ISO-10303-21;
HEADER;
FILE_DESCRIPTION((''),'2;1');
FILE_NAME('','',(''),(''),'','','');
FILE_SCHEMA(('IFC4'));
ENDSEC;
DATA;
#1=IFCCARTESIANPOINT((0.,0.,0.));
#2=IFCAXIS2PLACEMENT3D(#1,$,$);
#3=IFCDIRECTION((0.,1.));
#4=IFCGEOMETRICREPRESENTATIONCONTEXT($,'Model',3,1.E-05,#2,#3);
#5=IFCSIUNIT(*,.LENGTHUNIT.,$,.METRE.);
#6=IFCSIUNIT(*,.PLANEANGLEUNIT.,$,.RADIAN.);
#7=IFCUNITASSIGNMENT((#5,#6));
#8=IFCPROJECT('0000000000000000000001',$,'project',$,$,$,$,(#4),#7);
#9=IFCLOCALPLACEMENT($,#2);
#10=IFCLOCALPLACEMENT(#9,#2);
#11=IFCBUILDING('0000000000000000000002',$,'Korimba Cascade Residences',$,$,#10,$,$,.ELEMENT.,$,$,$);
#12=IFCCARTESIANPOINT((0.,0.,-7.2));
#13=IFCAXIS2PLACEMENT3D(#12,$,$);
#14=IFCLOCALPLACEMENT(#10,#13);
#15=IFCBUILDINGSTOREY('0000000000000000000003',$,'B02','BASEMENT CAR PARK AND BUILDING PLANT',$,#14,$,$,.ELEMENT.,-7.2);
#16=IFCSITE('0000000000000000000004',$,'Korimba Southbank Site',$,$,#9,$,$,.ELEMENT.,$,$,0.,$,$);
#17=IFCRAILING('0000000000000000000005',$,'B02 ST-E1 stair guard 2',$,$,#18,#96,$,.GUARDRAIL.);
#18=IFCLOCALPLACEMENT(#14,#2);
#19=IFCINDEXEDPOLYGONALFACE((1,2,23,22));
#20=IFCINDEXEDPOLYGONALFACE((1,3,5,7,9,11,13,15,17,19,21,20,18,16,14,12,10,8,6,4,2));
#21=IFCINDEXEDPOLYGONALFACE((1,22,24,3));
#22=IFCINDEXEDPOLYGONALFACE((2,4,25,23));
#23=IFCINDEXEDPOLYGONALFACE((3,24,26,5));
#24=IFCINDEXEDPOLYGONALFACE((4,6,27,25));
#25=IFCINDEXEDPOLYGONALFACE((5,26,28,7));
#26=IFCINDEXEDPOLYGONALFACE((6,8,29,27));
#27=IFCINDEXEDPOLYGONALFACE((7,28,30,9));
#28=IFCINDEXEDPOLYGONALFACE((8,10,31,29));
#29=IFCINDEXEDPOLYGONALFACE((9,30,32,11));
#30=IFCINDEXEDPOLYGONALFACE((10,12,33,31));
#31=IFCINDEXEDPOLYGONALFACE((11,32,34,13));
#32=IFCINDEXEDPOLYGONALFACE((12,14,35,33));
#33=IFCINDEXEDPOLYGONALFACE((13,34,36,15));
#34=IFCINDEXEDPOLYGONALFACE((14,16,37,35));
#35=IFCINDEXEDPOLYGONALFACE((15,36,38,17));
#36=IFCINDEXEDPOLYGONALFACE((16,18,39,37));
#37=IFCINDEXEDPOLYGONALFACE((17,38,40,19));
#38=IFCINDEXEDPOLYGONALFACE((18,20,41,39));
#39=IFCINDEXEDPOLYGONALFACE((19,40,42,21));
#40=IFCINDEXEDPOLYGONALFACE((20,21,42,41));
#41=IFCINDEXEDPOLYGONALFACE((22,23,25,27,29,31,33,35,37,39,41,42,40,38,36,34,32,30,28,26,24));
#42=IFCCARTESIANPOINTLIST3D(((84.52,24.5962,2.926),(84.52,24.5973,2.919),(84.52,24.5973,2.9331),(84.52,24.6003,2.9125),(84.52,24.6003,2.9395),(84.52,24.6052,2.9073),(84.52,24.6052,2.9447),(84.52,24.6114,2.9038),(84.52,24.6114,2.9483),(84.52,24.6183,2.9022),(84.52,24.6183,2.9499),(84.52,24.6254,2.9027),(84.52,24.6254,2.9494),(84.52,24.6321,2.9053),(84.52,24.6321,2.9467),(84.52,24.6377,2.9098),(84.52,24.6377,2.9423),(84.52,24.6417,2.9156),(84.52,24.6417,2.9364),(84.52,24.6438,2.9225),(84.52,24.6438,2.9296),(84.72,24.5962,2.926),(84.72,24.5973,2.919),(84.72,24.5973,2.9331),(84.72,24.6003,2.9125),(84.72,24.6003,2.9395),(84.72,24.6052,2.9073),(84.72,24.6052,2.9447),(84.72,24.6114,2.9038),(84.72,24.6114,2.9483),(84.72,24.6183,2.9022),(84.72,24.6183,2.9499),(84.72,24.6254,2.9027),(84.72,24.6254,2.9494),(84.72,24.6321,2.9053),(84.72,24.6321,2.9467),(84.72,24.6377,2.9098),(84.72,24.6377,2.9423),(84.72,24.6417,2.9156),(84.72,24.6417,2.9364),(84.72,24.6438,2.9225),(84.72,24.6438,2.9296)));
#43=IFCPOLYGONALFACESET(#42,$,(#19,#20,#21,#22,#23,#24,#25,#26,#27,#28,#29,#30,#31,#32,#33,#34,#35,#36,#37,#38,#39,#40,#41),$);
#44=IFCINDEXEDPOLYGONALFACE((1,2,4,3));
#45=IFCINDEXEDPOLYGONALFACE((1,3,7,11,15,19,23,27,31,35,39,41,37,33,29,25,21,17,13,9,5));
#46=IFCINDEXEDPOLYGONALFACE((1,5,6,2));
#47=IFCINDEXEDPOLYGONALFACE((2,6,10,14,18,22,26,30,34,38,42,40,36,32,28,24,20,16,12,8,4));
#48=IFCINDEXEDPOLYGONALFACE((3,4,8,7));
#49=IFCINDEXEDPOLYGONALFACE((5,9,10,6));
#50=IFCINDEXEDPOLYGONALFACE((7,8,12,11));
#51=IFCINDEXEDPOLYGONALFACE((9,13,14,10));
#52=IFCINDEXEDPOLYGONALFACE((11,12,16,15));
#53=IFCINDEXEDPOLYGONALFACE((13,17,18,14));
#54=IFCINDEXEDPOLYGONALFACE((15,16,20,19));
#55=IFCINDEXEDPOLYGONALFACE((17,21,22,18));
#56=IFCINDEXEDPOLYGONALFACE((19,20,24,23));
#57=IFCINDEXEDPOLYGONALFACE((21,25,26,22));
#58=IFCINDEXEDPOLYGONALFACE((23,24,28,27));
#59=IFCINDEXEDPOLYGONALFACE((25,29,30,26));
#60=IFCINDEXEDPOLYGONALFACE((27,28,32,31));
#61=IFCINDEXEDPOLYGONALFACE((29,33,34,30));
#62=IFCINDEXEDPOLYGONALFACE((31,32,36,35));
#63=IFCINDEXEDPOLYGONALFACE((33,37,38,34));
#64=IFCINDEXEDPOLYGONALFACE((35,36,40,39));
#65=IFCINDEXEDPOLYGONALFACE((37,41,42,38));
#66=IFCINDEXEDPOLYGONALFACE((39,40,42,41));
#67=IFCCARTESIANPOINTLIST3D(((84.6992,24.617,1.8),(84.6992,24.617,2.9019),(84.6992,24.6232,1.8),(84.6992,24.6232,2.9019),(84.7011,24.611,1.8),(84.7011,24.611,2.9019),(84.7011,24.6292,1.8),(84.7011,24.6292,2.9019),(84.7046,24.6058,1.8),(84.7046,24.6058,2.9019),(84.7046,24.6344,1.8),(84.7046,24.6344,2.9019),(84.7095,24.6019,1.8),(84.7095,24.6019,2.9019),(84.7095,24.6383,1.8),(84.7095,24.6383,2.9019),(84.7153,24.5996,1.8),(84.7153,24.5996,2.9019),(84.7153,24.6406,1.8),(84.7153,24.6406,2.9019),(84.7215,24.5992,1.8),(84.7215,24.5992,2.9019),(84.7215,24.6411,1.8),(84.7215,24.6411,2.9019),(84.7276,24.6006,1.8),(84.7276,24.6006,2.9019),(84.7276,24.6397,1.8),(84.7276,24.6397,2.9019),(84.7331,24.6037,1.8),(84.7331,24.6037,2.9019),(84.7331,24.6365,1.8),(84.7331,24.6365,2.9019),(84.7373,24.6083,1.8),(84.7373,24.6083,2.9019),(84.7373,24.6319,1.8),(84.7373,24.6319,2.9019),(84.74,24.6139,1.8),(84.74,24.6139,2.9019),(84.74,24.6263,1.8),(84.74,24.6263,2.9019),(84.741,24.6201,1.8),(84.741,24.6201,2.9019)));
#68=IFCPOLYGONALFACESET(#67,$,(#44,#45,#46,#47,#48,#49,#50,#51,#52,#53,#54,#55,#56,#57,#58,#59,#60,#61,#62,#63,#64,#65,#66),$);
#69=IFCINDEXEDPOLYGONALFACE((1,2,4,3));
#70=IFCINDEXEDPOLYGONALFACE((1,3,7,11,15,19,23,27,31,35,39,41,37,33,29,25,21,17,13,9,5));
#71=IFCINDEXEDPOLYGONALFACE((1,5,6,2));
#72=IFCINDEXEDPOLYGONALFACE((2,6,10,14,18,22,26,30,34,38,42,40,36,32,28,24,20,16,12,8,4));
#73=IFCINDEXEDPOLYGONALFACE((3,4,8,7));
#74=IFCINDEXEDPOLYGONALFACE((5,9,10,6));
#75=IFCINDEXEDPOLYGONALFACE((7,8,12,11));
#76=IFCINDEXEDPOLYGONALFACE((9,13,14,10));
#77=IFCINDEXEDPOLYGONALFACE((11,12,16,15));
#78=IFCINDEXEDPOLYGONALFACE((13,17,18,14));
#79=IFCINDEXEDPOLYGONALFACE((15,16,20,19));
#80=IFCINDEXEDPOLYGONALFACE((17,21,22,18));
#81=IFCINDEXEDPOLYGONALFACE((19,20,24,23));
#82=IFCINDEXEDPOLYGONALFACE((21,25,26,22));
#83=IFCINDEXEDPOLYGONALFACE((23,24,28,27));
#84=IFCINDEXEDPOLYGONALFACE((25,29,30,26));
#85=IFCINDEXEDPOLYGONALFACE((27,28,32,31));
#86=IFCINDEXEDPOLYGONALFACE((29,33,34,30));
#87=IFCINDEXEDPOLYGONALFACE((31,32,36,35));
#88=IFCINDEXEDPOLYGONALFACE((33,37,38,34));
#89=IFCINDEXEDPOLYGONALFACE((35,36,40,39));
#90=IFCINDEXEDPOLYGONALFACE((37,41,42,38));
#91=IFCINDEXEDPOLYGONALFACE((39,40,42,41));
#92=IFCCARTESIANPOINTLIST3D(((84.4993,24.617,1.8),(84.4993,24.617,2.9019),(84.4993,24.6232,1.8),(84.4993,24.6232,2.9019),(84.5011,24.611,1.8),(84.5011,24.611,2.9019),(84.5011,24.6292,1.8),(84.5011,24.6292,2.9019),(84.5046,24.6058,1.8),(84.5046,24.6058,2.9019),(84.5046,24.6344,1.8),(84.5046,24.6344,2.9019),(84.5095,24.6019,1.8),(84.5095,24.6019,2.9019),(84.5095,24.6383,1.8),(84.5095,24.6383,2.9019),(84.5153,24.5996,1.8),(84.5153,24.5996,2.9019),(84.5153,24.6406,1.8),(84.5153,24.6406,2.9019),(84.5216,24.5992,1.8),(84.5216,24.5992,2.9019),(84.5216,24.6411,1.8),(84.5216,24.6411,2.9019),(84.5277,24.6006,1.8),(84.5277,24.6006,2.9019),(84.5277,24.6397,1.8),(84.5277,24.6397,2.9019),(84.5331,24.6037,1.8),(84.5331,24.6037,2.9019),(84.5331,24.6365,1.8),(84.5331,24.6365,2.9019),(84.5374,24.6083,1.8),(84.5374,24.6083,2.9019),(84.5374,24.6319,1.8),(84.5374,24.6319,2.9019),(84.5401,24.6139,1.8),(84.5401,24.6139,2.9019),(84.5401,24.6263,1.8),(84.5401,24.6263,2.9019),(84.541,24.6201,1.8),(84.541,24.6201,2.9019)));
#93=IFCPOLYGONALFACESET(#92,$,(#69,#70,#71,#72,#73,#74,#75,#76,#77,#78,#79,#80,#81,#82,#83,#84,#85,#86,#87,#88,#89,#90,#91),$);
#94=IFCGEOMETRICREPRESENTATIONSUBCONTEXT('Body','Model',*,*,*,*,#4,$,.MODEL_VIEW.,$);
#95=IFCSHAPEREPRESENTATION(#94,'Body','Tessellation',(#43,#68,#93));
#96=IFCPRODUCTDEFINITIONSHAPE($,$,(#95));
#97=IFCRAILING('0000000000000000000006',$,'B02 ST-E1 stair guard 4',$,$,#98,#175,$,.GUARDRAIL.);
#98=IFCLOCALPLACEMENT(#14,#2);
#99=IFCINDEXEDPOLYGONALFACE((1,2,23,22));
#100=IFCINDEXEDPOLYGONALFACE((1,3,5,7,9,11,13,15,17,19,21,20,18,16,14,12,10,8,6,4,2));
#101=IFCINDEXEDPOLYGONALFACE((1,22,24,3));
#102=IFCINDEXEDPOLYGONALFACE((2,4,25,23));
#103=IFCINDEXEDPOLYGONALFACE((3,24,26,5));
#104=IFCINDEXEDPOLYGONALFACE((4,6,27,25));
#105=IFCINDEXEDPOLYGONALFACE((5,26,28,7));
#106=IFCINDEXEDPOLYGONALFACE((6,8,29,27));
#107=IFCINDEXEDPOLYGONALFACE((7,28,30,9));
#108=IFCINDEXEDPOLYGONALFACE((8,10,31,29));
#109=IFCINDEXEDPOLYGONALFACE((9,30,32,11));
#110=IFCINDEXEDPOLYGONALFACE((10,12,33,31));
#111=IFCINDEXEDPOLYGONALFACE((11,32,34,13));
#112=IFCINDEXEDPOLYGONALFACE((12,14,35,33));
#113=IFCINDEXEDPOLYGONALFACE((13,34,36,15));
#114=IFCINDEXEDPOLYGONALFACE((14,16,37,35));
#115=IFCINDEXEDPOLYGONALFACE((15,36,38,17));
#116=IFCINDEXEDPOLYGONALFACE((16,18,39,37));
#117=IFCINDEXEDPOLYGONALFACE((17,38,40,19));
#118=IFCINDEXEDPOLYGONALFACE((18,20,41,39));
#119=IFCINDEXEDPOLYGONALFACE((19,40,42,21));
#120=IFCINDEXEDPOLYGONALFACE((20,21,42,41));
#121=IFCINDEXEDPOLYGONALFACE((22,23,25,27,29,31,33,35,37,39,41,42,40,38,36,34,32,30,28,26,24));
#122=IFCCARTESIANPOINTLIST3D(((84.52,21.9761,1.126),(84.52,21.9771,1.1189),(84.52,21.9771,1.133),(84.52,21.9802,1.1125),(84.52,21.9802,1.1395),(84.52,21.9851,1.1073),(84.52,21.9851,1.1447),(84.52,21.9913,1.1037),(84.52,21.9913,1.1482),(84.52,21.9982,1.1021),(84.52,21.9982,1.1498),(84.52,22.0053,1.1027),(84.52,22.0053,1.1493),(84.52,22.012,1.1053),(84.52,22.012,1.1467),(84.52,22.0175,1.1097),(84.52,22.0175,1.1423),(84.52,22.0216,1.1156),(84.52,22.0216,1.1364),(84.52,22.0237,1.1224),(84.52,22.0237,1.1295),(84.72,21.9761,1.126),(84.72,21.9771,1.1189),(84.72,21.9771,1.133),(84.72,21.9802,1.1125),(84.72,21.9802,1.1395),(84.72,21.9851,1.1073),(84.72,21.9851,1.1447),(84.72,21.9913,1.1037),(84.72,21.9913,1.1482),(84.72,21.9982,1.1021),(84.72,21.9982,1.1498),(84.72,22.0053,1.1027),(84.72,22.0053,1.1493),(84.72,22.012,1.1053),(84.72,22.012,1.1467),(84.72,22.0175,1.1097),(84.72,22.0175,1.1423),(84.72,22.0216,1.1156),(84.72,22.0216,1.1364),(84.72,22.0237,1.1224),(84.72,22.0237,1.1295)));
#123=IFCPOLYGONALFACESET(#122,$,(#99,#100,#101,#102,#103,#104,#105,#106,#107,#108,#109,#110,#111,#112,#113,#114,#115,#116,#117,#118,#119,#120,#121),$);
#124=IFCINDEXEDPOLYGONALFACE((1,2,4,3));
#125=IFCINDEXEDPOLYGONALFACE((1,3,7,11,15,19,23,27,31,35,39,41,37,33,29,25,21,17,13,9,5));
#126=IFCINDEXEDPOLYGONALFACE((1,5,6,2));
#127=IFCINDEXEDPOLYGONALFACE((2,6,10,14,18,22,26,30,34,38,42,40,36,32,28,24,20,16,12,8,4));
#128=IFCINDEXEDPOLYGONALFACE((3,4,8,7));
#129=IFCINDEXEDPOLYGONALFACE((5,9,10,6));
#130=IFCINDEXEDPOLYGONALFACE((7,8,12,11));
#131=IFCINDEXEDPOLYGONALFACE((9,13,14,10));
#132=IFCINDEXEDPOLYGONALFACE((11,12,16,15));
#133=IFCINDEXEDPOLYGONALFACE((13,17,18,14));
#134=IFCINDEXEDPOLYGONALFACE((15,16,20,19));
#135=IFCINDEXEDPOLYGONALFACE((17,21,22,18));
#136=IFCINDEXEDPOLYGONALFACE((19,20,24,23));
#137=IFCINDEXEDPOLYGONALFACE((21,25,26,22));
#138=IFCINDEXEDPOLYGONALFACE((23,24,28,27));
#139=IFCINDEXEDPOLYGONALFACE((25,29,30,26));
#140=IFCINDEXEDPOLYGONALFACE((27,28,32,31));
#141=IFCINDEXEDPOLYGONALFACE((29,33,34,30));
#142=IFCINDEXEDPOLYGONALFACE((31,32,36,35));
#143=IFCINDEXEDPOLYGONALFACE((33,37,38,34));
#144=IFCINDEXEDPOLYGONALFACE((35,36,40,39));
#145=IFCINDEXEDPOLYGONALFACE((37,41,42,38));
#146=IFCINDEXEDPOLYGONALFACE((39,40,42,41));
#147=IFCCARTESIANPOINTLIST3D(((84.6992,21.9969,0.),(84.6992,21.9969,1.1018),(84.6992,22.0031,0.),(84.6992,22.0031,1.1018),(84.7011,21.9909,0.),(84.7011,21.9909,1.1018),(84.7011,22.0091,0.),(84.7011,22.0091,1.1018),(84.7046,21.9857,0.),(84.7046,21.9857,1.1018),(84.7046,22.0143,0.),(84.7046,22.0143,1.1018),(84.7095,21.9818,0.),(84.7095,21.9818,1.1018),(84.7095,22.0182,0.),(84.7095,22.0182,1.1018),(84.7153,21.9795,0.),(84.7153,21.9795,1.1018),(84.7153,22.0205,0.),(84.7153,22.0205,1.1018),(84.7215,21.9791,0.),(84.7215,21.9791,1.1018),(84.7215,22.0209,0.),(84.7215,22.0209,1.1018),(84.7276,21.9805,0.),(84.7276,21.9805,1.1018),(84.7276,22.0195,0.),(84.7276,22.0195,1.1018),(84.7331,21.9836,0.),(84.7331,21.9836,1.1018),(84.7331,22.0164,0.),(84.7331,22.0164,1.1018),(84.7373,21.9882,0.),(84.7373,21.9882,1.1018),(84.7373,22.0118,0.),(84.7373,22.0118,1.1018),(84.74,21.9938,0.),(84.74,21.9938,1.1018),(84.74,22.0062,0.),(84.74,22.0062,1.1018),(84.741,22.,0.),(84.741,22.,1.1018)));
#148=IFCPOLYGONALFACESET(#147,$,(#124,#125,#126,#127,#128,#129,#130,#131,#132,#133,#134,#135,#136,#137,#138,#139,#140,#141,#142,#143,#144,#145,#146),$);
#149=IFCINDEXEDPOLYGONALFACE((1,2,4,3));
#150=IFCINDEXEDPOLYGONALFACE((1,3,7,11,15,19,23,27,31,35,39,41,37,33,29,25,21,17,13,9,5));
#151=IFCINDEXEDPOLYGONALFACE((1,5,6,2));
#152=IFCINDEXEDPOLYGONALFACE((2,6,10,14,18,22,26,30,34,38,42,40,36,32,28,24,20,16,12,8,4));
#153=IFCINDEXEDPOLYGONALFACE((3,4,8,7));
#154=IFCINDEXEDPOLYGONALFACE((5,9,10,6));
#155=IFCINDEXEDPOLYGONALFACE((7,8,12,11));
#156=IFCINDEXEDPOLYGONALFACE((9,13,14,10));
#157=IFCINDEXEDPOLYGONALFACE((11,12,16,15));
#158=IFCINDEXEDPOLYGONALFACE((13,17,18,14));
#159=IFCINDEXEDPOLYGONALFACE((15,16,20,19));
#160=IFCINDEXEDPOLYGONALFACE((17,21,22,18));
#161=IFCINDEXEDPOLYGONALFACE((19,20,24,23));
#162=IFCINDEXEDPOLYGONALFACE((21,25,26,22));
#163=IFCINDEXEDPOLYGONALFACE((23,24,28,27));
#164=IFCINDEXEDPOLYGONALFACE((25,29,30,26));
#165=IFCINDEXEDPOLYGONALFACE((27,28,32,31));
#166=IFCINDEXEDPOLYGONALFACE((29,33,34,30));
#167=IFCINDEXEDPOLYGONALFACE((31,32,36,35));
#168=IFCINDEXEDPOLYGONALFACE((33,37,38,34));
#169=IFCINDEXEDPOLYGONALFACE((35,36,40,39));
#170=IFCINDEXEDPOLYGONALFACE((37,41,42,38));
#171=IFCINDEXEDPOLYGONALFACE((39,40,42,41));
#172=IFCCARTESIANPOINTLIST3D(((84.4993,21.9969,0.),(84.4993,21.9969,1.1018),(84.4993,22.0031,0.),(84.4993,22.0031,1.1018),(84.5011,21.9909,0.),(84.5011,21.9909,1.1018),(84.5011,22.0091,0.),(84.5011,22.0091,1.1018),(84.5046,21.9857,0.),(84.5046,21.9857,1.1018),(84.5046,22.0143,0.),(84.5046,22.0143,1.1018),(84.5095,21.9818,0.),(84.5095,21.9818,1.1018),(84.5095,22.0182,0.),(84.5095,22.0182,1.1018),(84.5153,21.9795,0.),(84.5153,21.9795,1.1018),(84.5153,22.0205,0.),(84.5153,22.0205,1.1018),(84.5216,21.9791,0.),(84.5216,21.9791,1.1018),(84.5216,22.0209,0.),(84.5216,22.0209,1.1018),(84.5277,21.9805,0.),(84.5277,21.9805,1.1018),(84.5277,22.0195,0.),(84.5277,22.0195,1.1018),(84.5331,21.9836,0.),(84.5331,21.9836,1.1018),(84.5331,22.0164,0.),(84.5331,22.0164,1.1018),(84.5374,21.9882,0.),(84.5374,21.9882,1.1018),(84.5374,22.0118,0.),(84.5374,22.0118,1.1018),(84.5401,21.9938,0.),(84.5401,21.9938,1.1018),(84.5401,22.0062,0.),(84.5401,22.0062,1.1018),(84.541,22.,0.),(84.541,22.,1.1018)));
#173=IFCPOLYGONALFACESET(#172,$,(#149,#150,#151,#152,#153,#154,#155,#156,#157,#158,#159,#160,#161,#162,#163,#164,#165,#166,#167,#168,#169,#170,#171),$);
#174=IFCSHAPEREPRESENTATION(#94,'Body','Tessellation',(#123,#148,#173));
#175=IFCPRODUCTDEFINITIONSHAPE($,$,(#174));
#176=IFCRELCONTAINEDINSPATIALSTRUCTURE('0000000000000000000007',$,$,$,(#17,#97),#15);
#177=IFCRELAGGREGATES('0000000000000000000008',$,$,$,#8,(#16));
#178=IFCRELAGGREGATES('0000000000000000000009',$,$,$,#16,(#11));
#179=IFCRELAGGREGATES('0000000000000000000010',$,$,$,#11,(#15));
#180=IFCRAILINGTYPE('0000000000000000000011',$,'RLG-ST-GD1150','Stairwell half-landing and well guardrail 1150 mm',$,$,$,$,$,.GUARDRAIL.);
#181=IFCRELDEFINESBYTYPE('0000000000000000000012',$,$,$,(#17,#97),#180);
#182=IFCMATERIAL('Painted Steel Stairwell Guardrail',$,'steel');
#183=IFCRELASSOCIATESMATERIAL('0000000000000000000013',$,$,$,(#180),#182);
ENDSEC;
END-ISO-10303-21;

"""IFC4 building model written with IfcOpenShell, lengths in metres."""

from ifc_helpers import new_model, si_unit, direction, frame, origin, origin_2d, place, context, subcontext, project, spatial, circle, extrude, material, type_object, element, save


model = new_model("IFC4")

# Units and contexts
model_context = context("Model", 3, precision=1e-05, world=origin(), true_north=direction((0.0, 1.0)))
body_context = subcontext(model_context, "Body", "Model", "MODEL_VIEW")
ifc_project = project(units=[si_unit("LENGTHUNIT", "METRE"), si_unit("PLANEANGLEUNIT", "RADIAN")], contexts=[model_context])

# Site, building, storey
site_placement = place(None, origin())
site = spatial("IfcSite", under=ifc_project, at=site_placement, Name="Korimba Southbank Site", CompositionType="ELEMENT", RefElevation=0.0)
building_placement = place(site_placement, origin())
building = spatial("IfcBuilding", under=site, at=building_placement, Name="Korimba Cascade Residences", CompositionType="ELEMENT")
storey_placement = place(building_placement, frame((0.0, 0.0, -7.2)))
storey = spatial("IfcBuildingStorey", under=building, at=storey_placement, Name="B02", Description="BASEMENT CAR PARK AND BUILDING PLANT", CompositionType="ELEMENT", Elevation=-7.2)

# Railings
ifc_material_1 = material(Name="Painted Steel Stairwell Guardrail", Category="steel")
railing_type_1 = type_object("IfcRailingType", Name="RLG-ST-GD1150", Description="Stairwell half-landing and well guardrail 1150 mm", PredefinedType="GUARDRAIL", material=ifc_material_1)
for number, where, name in (
    (1, (84.72, 24.6201, 1.8), "B02 ST-E1 stair guard 2"),
    (2, (84.72, 22.0, 0.0), "B02 ST-E1 stair guard 4"),
):
    element("IfcRailing", number, at=place(storey_placement, frame(where)), inside=storey, type_object=railing_type_1, Name=name, PredefinedType="GUARDRAIL", context=body_context, shape_type="SweptSolid", body=[
        extrude(circle(Radius=0.0239, at=origin_2d()), frame((0.0, 0.0, 1.126), z_axis=(-1.0, 0.0, 0.0), x_axis=(0.0, -1.0, 0.0)), (0.0, 0.0, 1.0), 0.2),
        extrude(circle(Radius=0.021, at=origin_2d()), origin(), (0.0, 0.0, 1.0), 1.1018),
        extrude(circle(Radius=0.021, at=origin_2d()), frame((-0.2, 0.0, 0.0)), (0.0, 0.0, 1.0), 1.1018),
    ])

save(model, "model.ifc")
